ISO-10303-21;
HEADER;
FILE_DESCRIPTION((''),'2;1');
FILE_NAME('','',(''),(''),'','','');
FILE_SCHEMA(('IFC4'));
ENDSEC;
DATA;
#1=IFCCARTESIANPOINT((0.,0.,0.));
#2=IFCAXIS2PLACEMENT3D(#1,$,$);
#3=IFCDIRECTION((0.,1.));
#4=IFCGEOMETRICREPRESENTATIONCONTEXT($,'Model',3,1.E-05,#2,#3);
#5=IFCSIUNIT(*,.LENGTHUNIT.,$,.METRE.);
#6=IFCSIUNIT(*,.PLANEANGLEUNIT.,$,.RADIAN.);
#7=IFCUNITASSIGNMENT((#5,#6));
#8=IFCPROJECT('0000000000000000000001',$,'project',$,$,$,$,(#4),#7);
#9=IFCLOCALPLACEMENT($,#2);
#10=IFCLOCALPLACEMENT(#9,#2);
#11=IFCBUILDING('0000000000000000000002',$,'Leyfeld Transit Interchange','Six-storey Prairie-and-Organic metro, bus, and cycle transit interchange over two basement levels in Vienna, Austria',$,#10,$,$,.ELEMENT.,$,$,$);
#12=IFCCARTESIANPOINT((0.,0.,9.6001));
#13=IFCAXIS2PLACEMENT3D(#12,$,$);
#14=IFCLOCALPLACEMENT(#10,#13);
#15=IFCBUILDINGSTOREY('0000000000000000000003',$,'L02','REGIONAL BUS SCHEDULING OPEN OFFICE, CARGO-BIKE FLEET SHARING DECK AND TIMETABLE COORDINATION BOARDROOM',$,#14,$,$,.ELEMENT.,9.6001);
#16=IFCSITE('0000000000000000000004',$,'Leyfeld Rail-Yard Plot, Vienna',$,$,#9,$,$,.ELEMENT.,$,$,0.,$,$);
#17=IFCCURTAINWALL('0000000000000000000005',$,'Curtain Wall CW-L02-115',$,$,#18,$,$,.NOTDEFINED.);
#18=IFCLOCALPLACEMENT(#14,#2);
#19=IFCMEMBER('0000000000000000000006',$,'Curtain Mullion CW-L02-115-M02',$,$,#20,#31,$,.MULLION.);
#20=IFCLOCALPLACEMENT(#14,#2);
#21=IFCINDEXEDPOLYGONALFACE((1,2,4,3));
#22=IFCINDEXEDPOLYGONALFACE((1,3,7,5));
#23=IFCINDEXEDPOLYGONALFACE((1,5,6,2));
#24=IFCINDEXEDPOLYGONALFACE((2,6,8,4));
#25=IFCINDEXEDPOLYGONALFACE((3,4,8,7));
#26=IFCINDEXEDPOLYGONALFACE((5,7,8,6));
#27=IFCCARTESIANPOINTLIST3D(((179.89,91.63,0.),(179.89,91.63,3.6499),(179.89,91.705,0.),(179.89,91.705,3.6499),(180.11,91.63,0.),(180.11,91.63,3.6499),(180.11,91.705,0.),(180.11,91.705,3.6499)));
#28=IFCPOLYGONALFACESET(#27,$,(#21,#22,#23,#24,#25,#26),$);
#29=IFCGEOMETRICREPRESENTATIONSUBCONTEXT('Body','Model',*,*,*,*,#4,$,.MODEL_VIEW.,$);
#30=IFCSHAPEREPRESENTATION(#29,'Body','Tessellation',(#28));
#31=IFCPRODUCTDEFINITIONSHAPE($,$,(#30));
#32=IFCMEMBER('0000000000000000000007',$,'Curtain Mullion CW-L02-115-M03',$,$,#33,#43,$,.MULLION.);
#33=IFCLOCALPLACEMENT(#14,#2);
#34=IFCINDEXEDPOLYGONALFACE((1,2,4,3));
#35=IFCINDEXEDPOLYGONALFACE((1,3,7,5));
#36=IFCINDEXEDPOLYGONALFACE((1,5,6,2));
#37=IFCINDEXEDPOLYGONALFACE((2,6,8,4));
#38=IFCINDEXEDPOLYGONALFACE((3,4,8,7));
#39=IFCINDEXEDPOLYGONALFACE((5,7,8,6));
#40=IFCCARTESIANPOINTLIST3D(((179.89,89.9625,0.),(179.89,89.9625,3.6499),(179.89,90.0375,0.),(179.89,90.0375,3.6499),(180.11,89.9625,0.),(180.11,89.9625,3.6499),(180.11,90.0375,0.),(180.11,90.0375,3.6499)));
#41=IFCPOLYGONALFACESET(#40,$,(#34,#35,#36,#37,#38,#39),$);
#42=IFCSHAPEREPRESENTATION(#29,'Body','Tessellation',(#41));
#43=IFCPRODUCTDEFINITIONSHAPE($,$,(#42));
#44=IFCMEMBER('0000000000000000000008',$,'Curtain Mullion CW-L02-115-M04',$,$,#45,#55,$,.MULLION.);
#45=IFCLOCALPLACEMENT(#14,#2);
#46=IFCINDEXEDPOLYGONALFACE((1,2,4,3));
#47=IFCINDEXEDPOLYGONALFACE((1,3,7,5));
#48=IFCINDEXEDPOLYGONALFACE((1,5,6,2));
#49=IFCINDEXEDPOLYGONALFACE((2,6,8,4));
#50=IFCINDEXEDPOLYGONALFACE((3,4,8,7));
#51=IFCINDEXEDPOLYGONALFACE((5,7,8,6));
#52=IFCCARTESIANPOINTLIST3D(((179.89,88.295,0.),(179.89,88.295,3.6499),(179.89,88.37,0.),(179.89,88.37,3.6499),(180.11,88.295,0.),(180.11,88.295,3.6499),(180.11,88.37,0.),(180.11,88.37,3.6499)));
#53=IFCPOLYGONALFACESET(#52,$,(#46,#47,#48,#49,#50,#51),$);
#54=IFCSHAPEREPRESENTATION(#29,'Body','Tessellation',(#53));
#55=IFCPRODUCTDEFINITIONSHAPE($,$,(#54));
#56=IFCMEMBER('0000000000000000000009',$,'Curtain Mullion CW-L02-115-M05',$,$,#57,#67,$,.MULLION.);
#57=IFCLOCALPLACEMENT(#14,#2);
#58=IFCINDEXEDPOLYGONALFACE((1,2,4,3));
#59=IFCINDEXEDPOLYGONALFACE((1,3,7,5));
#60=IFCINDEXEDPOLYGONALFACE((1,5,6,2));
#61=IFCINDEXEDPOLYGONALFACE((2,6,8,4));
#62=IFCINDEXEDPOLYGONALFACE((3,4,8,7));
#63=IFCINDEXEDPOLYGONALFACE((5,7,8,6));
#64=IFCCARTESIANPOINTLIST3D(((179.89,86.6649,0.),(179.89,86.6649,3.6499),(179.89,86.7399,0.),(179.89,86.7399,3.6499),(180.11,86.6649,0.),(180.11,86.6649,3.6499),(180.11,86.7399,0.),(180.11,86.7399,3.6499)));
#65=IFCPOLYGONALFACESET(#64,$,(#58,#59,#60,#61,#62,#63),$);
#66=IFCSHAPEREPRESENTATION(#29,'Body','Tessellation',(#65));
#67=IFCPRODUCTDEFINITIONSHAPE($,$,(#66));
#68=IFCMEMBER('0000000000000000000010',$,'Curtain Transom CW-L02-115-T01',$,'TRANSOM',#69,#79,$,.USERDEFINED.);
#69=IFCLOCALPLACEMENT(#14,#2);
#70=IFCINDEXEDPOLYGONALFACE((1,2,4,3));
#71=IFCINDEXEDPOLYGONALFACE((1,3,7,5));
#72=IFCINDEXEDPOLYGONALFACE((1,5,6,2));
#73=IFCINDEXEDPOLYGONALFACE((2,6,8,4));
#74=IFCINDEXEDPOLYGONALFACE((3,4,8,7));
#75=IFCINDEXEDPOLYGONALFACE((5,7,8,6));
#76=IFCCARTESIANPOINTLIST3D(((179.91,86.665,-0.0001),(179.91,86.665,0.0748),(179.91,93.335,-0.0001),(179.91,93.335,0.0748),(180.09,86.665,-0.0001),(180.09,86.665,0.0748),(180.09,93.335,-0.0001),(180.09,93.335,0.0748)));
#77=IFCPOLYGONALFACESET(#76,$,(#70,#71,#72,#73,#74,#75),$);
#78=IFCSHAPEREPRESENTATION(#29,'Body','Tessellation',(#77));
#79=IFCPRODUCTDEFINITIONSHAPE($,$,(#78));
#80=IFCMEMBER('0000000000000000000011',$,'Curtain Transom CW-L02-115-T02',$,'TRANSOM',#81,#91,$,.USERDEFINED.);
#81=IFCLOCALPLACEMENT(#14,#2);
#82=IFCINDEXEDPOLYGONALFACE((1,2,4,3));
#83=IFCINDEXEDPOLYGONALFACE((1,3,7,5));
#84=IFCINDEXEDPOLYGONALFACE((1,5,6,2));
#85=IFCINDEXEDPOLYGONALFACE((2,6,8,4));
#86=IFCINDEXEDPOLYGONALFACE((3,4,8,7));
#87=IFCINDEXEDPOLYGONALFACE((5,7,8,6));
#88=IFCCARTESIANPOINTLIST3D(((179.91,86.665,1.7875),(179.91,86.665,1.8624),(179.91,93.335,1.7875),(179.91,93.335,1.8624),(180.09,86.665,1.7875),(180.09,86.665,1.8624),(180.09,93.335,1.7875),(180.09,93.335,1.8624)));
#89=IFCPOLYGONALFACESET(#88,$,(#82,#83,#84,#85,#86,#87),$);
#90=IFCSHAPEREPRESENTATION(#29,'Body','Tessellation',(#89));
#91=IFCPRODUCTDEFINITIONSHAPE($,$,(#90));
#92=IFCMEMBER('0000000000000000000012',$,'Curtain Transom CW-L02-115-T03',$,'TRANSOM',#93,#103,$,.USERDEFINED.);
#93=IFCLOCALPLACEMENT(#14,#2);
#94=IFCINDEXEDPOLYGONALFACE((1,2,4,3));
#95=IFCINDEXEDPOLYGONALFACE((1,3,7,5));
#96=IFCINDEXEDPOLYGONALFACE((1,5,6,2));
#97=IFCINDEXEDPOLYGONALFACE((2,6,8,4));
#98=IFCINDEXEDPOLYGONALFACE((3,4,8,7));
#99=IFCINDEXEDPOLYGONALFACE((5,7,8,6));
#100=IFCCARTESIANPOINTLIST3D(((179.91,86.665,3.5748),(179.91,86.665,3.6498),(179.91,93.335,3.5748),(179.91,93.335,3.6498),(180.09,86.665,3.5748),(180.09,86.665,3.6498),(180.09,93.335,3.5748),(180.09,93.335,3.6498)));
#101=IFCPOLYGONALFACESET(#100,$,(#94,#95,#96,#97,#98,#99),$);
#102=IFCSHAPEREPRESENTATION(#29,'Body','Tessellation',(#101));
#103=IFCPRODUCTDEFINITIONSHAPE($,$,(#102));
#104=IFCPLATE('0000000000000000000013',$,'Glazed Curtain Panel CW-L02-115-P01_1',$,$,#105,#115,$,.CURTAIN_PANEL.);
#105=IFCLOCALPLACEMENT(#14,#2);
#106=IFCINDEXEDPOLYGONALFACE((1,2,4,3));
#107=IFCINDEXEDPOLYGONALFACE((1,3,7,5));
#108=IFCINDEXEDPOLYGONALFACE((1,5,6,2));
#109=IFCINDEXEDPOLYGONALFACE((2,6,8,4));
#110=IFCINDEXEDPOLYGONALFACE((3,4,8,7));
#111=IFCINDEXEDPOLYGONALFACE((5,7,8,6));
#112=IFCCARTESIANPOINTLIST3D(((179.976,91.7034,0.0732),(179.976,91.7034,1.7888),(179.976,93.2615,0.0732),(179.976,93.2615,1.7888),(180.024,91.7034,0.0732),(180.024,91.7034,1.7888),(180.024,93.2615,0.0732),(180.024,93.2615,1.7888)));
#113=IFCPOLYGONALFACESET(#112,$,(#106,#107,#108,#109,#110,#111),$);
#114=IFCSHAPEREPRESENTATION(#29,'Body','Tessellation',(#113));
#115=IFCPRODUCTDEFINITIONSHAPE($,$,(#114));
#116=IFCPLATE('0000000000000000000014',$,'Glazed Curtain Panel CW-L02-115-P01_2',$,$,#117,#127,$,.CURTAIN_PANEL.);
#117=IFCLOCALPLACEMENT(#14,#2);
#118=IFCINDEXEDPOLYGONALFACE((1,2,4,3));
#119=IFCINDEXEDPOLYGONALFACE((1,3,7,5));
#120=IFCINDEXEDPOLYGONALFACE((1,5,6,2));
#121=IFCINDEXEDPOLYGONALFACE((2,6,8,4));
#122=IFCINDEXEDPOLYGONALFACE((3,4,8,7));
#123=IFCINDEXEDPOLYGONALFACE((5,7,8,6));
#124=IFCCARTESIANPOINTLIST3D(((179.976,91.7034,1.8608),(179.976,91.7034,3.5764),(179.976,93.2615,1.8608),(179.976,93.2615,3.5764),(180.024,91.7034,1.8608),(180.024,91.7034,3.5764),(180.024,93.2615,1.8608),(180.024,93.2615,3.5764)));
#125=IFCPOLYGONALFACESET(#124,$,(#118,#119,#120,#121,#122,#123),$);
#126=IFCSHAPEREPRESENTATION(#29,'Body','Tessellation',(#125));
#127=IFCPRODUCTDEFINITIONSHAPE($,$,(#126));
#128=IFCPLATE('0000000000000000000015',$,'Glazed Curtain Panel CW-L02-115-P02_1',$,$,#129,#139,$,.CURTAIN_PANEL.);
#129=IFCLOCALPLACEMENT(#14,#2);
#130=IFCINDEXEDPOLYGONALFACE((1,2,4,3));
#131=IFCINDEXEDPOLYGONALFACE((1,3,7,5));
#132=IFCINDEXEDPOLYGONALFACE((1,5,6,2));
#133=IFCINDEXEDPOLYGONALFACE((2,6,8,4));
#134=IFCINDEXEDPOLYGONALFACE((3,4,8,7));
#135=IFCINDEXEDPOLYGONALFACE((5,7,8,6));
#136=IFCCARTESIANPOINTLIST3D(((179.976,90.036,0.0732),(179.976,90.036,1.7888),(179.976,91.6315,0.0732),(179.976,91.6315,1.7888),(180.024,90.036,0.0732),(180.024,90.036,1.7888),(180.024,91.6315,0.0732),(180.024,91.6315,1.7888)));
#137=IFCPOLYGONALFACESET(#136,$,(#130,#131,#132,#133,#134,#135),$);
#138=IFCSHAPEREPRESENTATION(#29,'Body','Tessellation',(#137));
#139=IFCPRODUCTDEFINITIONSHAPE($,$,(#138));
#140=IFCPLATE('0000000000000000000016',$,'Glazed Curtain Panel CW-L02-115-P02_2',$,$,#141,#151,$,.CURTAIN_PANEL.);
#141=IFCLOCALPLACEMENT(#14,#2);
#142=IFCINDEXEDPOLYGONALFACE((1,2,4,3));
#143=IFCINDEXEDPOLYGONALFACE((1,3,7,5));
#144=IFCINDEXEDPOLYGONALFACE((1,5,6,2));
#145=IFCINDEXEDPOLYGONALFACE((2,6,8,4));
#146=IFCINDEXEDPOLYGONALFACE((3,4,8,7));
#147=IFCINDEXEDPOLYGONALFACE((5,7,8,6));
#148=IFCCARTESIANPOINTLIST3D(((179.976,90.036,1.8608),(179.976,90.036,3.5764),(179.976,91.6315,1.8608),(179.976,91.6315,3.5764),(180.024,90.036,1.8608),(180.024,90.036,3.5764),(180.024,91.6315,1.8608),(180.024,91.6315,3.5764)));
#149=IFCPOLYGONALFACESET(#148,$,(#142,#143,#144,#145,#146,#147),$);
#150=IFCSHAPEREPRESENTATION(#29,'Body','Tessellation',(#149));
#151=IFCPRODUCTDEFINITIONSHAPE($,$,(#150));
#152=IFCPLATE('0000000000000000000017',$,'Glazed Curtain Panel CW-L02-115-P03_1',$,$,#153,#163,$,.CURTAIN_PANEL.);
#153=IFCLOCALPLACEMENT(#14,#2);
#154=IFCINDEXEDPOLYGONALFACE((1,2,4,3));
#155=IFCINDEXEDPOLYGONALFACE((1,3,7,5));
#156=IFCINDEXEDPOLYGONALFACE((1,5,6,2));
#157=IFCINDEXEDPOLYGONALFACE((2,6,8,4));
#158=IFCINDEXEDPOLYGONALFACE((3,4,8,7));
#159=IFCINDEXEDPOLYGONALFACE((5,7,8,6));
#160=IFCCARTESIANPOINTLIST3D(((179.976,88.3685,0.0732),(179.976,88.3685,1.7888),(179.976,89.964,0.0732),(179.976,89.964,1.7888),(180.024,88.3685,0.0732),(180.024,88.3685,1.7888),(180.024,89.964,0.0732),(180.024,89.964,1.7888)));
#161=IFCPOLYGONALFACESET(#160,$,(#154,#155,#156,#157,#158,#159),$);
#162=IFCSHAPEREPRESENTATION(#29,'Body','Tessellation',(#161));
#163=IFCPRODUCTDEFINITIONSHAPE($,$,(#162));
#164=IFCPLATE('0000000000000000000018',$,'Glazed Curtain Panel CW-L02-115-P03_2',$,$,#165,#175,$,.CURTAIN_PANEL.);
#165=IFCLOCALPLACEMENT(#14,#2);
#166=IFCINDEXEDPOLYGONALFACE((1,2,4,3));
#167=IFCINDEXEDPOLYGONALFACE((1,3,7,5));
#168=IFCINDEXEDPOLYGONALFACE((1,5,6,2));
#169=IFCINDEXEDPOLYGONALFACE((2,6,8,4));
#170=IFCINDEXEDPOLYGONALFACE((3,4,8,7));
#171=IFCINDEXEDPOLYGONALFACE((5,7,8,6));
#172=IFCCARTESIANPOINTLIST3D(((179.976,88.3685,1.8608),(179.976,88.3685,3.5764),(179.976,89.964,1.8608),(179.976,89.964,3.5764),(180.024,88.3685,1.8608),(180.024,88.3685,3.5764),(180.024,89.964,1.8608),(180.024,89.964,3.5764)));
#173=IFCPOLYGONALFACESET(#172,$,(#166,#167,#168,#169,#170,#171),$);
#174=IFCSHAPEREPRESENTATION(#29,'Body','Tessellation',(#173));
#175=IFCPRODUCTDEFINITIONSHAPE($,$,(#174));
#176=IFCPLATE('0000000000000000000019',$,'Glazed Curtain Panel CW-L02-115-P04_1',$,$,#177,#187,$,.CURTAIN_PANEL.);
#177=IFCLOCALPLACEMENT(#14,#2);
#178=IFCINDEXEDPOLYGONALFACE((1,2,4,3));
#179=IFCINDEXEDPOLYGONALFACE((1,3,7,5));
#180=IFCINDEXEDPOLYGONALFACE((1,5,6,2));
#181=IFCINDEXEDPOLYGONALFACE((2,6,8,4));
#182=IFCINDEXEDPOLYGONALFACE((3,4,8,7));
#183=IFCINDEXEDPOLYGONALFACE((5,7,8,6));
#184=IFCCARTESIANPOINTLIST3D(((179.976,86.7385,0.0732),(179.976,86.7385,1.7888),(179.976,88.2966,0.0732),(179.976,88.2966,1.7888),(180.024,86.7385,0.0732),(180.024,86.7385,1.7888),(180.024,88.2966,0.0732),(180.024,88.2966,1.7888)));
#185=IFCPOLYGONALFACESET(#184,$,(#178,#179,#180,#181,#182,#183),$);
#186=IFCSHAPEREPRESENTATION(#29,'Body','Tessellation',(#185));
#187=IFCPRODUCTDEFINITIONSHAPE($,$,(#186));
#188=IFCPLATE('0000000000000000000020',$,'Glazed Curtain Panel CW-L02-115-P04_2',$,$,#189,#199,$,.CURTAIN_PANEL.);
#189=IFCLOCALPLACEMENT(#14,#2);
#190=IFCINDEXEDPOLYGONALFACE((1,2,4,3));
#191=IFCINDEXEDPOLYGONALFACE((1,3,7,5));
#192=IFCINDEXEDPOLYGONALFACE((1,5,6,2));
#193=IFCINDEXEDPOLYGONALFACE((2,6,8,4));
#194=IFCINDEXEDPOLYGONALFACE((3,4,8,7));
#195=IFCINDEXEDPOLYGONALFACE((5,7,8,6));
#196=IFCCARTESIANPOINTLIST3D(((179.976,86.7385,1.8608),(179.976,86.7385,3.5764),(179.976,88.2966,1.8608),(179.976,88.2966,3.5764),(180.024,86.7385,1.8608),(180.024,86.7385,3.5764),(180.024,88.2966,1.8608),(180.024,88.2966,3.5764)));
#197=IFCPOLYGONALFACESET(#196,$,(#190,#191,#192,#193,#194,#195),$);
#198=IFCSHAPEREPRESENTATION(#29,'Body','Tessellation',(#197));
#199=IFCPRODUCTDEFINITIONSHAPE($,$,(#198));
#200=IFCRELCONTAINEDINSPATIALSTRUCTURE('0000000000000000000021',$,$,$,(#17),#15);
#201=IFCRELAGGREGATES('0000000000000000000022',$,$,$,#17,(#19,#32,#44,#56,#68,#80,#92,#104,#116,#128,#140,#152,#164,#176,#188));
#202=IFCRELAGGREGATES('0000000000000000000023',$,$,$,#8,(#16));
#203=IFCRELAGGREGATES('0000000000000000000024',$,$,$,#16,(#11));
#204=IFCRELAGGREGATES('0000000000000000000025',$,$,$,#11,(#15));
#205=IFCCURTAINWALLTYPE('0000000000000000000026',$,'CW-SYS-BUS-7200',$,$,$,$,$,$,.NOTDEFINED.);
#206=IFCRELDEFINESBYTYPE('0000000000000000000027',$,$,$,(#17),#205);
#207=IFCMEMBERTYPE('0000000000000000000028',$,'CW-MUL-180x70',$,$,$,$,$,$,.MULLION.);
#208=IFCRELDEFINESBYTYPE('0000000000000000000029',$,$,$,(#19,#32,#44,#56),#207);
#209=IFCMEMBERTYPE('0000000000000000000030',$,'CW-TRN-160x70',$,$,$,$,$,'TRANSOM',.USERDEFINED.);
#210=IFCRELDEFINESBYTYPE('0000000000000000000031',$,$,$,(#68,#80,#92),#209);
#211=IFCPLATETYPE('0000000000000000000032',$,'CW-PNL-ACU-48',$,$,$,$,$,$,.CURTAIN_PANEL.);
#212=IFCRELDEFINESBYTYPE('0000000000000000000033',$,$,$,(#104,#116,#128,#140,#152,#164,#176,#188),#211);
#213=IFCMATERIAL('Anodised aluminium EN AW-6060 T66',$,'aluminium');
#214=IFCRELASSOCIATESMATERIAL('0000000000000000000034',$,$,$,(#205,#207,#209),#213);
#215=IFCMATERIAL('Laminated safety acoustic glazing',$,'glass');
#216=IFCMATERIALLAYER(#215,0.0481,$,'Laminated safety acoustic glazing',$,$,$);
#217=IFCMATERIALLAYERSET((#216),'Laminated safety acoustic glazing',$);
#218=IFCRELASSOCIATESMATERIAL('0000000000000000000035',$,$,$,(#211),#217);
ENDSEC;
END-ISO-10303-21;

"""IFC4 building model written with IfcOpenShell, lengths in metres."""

from ifc_helpers import new_model, si_unit, direction, frame, origin, origin_2d, place, context, subcontext, project, spatial, rectangle, extrude, material, layer, layer_set, material_profile, profile_set, type_object, element, aggregate, save


model = new_model("IFC4")

# Units and contexts
model_context = context("Model", 3, precision=1e-05, world=origin(), true_north=direction((0.0, 1.0)))
body_context = subcontext(model_context, "Body", "Model", "MODEL_VIEW")
ifc_project = project(units=[si_unit("LENGTHUNIT", "METRE"), si_unit("PLANEANGLEUNIT", "RADIAN")], contexts=[model_context])

# Site, building, storey
site_placement = place(None, origin())
site = spatial("IfcSite", under=ifc_project, at=site_placement, Name="Leyfeld Rail-Yard Plot, Vienna", CompositionType="ELEMENT", RefElevation=0.0)
building_placement = place(site_placement, origin())
building = spatial("IfcBuilding", under=site, at=building_placement, Name="Leyfeld Transit Interchange", Description="Six-storey Prairie-and-Organic metro, bus, and cycle transit interchange over two basement levels in Vienna, Austria", CompositionType="ELEMENT")
storey_placement = place(building_placement, frame((0.0, 0.0, 9.6001)))
storey = spatial("IfcBuildingStorey", under=building, at=storey_placement, Name="L02", Description="REGIONAL BUS SCHEDULING OPEN OFFICE, CARGO-BIKE FLEET SHARING DECK AND TIMETABLE COORDINATION BOARDROOM", CompositionType="ELEMENT", Elevation=9.6001)

# Curtain wall, members, plates
ifc_material_1 = material(Name="Anodised aluminium EN AW-6060 T66", Category="aluminium")
curtain_wall_type = type_object("IfcCurtainWallType", Name="CW-SYS-BUS-7200", PredefinedType="NOTDEFINED", material=ifc_material_1)
curtain_wall_placement = place(storey_placement, origin())
curtain_wall = element("IfcCurtainWall", 1, at=curtain_wall_placement, inside=storey, type_object=curtain_wall_type, Name="Curtain Wall CW-L02-115", PredefinedType="NOTDEFINED")
ifc_material_profile_1 = material_profile(ifc_material_1, rectangle(XDim=0.075, YDim=0.22, at=origin_2d()), Name="CW-M 75x220")
ifc_profile_set_1 = profile_set([ifc_material_profile_1], Name="Anodised aluminium EN AW-6060 T66")
member_type_1 = type_object("IfcMemberType", Name="CW-MUL-180x70", PredefinedType="MULLION", material=ifc_profile_set_1)
member_1_placement = place(storey_placement, frame((180.0, 91.6675, 0.0), z_axis=(0.0, 0.0, 1.0), x_axis=(0.0, -1.0, 0.0)))
member_1 = element("IfcMember", 2, at=member_1_placement, type_object=member_type_1, Name="Curtain Mullion CW-L02-115-M02", PredefinedType="MULLION", context=body_context, shape_type="SweptSolid", body=[
    extrude(rectangle(XDim=0.075, YDim=0.22, at=origin_2d()), origin(), (0.0, 0.0, 1.0), 3.6499),
])
member_2_placement = place(storey_placement, frame((180.0, 90.0, 0.0), z_axis=(0.0, 0.0, 1.0), x_axis=(0.0, -1.0, 0.0)))
member_2 = element("IfcMember", 3, at=member_2_placement, type_object=member_type_1, Name="Curtain Mullion CW-L02-115-M03", PredefinedType="MULLION", context=body_context, shape_type="SweptSolid", body=[
    extrude(rectangle(XDim=0.075, YDim=0.22, at=origin_2d()), origin(), (0.0, 0.0, 1.0), 3.6499),
])
member_3_placement = place(storey_placement, frame((180.0, 88.3325, 0.0), z_axis=(0.0, 0.0, 1.0), x_axis=(0.0, -1.0, 0.0)))
member_3 = element("IfcMember", 4, at=member_3_placement, type_object=member_type_1, Name="Curtain Mullion CW-L02-115-M04", PredefinedType="MULLION", context=body_context, shape_type="SweptSolid", body=[
    extrude(rectangle(XDim=0.075, YDim=0.22, at=origin_2d()), origin(), (0.0, 0.0, 1.0), 3.6499),
])
member_4_placement = place(storey_placement, frame((180.0, 86.7024, 0.0), z_axis=(0.0, 0.0, 1.0), x_axis=(0.0, -1.0, 0.0)))
member_4 = element("IfcMember", 5, at=member_4_placement, type_object=member_type_1, Name="Curtain Mullion CW-L02-115-M05", PredefinedType="MULLION", context=body_context, shape_type="SweptSolid", body=[
    extrude(rectangle(XDim=0.075, YDim=0.22, at=origin_2d()), origin(), (0.0, 0.0, 1.0), 3.6499),
])
ifc_material_profile_2 = material_profile(ifc_material_1, rectangle(XDim=0.1799, YDim=0.075, at=origin_2d()), Name="CW-TRN-160x70")
ifc_profile_set_2 = profile_set([ifc_material_profile_2], Name="Anodised aluminium EN AW-6060 T66")
member_type_2 = type_object("IfcMemberType", Name="CW-TRN-160x70", ElementType="TRANSOM", PredefinedType="USERDEFINED", material=ifc_profile_set_2)
member_5_placement = place(storey_placement, frame((180.0, 93.335, 0.0374), z_axis=(0.0, -1.0, 0.0), x_axis=(1.0, 0.0, 0.0)))
member_5 = element("IfcMember", 6, at=member_5_placement, type_object=member_type_2, Name="Curtain Transom CW-L02-115-T01", ObjectType="TRANSOM", PredefinedType="USERDEFINED", context=body_context, shape_type="SweptSolid", body=[
    extrude(rectangle(XDim=0.1799, YDim=0.075, at=origin_2d()), origin(), (0.0, 0.0, 1.0), 6.6699),
])
member_6_placement = place(storey_placement, frame((180.0, 93.335, 1.825), z_axis=(0.0, -1.0, 0.0), x_axis=(1.0, 0.0, 0.0)))
member_6 = element("IfcMember", 7, at=member_6_placement, type_object=member_type_2, Name="Curtain Transom CW-L02-115-T02", ObjectType="TRANSOM", PredefinedType="USERDEFINED", context=body_context, shape_type="SweptSolid", body=[
    extrude(rectangle(XDim=0.1799, YDim=0.075, at=origin_2d()), origin(), (0.0, 0.0, 1.0), 6.6699),
])
member_7_placement = place(storey_placement, frame((180.0, 93.335, 3.6123), z_axis=(0.0, -1.0, 0.0), x_axis=(1.0, 0.0, 0.0)))
member_7 = element("IfcMember", 8, at=member_7_placement, type_object=member_type_2, Name="Curtain Transom CW-L02-115-T03", ObjectType="TRANSOM", PredefinedType="USERDEFINED", context=body_context, shape_type="SweptSolid", body=[
    extrude(rectangle(XDim=0.1799, YDim=0.075, at=origin_2d()), origin(), (0.0, 0.0, 1.0), 6.6699),
])
ifc_material_2 = material(Name="Laminated safety acoustic glazing", Category="glass")
ifc_layer_1 = layer(ifc_material_2, 0.0481, Name="Laminated safety acoustic glazing")
ifc_layer_set_1 = layer_set([ifc_layer_1], Name="Laminated safety acoustic glazing")
plate_type = type_object("IfcPlateType", Name="CW-PNL-ACU-48", PredefinedType="CURTAIN_PANEL", material=ifc_layer_set_1)
plate_1_placement = place(storey_placement, frame((180.0, 92.4824, 0.0732), z_axis=(0.0, 0.0, 1.0), x_axis=(0.0, -1.0, 0.0)))
plate_1 = element("IfcPlate", 9, at=plate_1_placement, type_object=plate_type, Name="Glazed Curtain Panel CW-L02-115-P01_1", PredefinedType="CURTAIN_PANEL", context=body_context, shape_type="SweptSolid", body=[
    extrude(rectangle(XDim=1.5581, YDim=0.0481, at=origin_2d()), origin(), (0.0, 0.0, 1.0), 1.7156),
])
plate_2_placement = place(storey_placement, frame((180.0, 92.4824, 1.8608), z_axis=(0.0, 0.0, 1.0), x_axis=(0.0, -1.0, 0.0)))
plate_2 = element("IfcPlate", 10, at=plate_2_placement, type_object=plate_type, Name="Glazed Curtain Panel CW-L02-115-P01_2", PredefinedType="CURTAIN_PANEL", context=body_context, shape_type="SweptSolid", body=[
    extrude(rectangle(XDim=1.5581, YDim=0.0481, at=origin_2d()), origin(), (0.0, 0.0, 1.0), 1.7156),
])
plate_3_placement = place(storey_placement, frame((180.0, 90.8337, 0.0732), z_axis=(0.0, 0.0, 1.0), x_axis=(0.0, -1.0, 0.0)))
plate_3 = element("IfcPlate", 11, at=plate_3_placement, type_object=plate_type, Name="Glazed Curtain Panel CW-L02-115-P02_1", PredefinedType="CURTAIN_PANEL", context=body_context, shape_type="SweptSolid", body=[
    extrude(rectangle(XDim=1.5955, YDim=0.0481, at=origin_2d()), origin(), (0.0, 0.0, 1.0), 1.7156),
])
plate_4_placement = place(storey_placement, frame((180.0, 90.8337, 1.8608), z_axis=(0.0, 0.0, 1.0), x_axis=(0.0, -1.0, 0.0)))
plate_4 = element("IfcPlate", 12, at=plate_4_placement, type_object=plate_type, Name="Glazed Curtain Panel CW-L02-115-P02_2", PredefinedType="CURTAIN_PANEL", context=body_context, shape_type="SweptSolid", body=[
    extrude(rectangle(XDim=1.5955, YDim=0.0481, at=origin_2d()), origin(), (0.0, 0.0, 1.0), 1.7156),
])
plate_5_placement = place(storey_placement, frame((180.0, 89.1663, 0.0732), z_axis=(0.0, 0.0, 1.0), x_axis=(0.0, -1.0, 0.0)))
plate_5 = element("IfcPlate", 13, at=plate_5_placement, type_object=plate_type, Name="Glazed Curtain Panel CW-L02-115-P03_1", PredefinedType="CURTAIN_PANEL", context=body_context, shape_type="SweptSolid", body=[
    extrude(rectangle(XDim=1.5955, YDim=0.0481, at=origin_2d()), origin(), (0.0, 0.0, 1.0), 1.7156),
])
plate_6_placement = place(storey_placement, frame((180.0, 89.1663, 1.8608), z_axis=(0.0, 0.0, 1.0), x_axis=(0.0, -1.0, 0.0)))
plate_6 = element("IfcPlate", 14, at=plate_6_placement, type_object=plate_type, Name="Glazed Curtain Panel CW-L02-115-P03_2", PredefinedType="CURTAIN_PANEL", context=body_context, shape_type="SweptSolid", body=[
    extrude(rectangle(XDim=1.5955, YDim=0.0481, at=origin_2d()), origin(), (0.0, 0.0, 1.0), 1.7156),
])
plate_7_placement = place(storey_placement, frame((180.0, 87.5176, 0.0732), z_axis=(0.0, 0.0, 1.0), x_axis=(0.0, -1.0, 0.0)))
plate_7 = element("IfcPlate", 15, at=plate_7_placement, type_object=plate_type, Name="Glazed Curtain Panel CW-L02-115-P04_1", PredefinedType="CURTAIN_PANEL", context=body_context, shape_type="SweptSolid", body=[
    extrude(rectangle(XDim=1.5581, YDim=0.0481, at=origin_2d()), origin(), (0.0, 0.0, 1.0), 1.7156),
])
plate_8_placement = place(storey_placement, frame((180.0, 87.5176, 1.8608), z_axis=(0.0, 0.0, 1.0), x_axis=(0.0, -1.0, 0.0)))
plate_8 = element("IfcPlate", 16, at=plate_8_placement, type_object=plate_type, Name="Glazed Curtain Panel CW-L02-115-P04_2", PredefinedType="CURTAIN_PANEL", context=body_context, shape_type="SweptSolid", body=[
    extrude(rectangle(XDim=1.5581, YDim=0.0481, at=origin_2d()), origin(), (0.0, 0.0, 1.0), 1.7156),
])
aggregate(curtain_wall, [member_1, member_2, member_3, member_4, member_5, member_6, member_7, plate_1, plate_2, plate_3, plate_4, plate_5, plate_6, plate_7, plate_8])

save(model, "model.ifc")
